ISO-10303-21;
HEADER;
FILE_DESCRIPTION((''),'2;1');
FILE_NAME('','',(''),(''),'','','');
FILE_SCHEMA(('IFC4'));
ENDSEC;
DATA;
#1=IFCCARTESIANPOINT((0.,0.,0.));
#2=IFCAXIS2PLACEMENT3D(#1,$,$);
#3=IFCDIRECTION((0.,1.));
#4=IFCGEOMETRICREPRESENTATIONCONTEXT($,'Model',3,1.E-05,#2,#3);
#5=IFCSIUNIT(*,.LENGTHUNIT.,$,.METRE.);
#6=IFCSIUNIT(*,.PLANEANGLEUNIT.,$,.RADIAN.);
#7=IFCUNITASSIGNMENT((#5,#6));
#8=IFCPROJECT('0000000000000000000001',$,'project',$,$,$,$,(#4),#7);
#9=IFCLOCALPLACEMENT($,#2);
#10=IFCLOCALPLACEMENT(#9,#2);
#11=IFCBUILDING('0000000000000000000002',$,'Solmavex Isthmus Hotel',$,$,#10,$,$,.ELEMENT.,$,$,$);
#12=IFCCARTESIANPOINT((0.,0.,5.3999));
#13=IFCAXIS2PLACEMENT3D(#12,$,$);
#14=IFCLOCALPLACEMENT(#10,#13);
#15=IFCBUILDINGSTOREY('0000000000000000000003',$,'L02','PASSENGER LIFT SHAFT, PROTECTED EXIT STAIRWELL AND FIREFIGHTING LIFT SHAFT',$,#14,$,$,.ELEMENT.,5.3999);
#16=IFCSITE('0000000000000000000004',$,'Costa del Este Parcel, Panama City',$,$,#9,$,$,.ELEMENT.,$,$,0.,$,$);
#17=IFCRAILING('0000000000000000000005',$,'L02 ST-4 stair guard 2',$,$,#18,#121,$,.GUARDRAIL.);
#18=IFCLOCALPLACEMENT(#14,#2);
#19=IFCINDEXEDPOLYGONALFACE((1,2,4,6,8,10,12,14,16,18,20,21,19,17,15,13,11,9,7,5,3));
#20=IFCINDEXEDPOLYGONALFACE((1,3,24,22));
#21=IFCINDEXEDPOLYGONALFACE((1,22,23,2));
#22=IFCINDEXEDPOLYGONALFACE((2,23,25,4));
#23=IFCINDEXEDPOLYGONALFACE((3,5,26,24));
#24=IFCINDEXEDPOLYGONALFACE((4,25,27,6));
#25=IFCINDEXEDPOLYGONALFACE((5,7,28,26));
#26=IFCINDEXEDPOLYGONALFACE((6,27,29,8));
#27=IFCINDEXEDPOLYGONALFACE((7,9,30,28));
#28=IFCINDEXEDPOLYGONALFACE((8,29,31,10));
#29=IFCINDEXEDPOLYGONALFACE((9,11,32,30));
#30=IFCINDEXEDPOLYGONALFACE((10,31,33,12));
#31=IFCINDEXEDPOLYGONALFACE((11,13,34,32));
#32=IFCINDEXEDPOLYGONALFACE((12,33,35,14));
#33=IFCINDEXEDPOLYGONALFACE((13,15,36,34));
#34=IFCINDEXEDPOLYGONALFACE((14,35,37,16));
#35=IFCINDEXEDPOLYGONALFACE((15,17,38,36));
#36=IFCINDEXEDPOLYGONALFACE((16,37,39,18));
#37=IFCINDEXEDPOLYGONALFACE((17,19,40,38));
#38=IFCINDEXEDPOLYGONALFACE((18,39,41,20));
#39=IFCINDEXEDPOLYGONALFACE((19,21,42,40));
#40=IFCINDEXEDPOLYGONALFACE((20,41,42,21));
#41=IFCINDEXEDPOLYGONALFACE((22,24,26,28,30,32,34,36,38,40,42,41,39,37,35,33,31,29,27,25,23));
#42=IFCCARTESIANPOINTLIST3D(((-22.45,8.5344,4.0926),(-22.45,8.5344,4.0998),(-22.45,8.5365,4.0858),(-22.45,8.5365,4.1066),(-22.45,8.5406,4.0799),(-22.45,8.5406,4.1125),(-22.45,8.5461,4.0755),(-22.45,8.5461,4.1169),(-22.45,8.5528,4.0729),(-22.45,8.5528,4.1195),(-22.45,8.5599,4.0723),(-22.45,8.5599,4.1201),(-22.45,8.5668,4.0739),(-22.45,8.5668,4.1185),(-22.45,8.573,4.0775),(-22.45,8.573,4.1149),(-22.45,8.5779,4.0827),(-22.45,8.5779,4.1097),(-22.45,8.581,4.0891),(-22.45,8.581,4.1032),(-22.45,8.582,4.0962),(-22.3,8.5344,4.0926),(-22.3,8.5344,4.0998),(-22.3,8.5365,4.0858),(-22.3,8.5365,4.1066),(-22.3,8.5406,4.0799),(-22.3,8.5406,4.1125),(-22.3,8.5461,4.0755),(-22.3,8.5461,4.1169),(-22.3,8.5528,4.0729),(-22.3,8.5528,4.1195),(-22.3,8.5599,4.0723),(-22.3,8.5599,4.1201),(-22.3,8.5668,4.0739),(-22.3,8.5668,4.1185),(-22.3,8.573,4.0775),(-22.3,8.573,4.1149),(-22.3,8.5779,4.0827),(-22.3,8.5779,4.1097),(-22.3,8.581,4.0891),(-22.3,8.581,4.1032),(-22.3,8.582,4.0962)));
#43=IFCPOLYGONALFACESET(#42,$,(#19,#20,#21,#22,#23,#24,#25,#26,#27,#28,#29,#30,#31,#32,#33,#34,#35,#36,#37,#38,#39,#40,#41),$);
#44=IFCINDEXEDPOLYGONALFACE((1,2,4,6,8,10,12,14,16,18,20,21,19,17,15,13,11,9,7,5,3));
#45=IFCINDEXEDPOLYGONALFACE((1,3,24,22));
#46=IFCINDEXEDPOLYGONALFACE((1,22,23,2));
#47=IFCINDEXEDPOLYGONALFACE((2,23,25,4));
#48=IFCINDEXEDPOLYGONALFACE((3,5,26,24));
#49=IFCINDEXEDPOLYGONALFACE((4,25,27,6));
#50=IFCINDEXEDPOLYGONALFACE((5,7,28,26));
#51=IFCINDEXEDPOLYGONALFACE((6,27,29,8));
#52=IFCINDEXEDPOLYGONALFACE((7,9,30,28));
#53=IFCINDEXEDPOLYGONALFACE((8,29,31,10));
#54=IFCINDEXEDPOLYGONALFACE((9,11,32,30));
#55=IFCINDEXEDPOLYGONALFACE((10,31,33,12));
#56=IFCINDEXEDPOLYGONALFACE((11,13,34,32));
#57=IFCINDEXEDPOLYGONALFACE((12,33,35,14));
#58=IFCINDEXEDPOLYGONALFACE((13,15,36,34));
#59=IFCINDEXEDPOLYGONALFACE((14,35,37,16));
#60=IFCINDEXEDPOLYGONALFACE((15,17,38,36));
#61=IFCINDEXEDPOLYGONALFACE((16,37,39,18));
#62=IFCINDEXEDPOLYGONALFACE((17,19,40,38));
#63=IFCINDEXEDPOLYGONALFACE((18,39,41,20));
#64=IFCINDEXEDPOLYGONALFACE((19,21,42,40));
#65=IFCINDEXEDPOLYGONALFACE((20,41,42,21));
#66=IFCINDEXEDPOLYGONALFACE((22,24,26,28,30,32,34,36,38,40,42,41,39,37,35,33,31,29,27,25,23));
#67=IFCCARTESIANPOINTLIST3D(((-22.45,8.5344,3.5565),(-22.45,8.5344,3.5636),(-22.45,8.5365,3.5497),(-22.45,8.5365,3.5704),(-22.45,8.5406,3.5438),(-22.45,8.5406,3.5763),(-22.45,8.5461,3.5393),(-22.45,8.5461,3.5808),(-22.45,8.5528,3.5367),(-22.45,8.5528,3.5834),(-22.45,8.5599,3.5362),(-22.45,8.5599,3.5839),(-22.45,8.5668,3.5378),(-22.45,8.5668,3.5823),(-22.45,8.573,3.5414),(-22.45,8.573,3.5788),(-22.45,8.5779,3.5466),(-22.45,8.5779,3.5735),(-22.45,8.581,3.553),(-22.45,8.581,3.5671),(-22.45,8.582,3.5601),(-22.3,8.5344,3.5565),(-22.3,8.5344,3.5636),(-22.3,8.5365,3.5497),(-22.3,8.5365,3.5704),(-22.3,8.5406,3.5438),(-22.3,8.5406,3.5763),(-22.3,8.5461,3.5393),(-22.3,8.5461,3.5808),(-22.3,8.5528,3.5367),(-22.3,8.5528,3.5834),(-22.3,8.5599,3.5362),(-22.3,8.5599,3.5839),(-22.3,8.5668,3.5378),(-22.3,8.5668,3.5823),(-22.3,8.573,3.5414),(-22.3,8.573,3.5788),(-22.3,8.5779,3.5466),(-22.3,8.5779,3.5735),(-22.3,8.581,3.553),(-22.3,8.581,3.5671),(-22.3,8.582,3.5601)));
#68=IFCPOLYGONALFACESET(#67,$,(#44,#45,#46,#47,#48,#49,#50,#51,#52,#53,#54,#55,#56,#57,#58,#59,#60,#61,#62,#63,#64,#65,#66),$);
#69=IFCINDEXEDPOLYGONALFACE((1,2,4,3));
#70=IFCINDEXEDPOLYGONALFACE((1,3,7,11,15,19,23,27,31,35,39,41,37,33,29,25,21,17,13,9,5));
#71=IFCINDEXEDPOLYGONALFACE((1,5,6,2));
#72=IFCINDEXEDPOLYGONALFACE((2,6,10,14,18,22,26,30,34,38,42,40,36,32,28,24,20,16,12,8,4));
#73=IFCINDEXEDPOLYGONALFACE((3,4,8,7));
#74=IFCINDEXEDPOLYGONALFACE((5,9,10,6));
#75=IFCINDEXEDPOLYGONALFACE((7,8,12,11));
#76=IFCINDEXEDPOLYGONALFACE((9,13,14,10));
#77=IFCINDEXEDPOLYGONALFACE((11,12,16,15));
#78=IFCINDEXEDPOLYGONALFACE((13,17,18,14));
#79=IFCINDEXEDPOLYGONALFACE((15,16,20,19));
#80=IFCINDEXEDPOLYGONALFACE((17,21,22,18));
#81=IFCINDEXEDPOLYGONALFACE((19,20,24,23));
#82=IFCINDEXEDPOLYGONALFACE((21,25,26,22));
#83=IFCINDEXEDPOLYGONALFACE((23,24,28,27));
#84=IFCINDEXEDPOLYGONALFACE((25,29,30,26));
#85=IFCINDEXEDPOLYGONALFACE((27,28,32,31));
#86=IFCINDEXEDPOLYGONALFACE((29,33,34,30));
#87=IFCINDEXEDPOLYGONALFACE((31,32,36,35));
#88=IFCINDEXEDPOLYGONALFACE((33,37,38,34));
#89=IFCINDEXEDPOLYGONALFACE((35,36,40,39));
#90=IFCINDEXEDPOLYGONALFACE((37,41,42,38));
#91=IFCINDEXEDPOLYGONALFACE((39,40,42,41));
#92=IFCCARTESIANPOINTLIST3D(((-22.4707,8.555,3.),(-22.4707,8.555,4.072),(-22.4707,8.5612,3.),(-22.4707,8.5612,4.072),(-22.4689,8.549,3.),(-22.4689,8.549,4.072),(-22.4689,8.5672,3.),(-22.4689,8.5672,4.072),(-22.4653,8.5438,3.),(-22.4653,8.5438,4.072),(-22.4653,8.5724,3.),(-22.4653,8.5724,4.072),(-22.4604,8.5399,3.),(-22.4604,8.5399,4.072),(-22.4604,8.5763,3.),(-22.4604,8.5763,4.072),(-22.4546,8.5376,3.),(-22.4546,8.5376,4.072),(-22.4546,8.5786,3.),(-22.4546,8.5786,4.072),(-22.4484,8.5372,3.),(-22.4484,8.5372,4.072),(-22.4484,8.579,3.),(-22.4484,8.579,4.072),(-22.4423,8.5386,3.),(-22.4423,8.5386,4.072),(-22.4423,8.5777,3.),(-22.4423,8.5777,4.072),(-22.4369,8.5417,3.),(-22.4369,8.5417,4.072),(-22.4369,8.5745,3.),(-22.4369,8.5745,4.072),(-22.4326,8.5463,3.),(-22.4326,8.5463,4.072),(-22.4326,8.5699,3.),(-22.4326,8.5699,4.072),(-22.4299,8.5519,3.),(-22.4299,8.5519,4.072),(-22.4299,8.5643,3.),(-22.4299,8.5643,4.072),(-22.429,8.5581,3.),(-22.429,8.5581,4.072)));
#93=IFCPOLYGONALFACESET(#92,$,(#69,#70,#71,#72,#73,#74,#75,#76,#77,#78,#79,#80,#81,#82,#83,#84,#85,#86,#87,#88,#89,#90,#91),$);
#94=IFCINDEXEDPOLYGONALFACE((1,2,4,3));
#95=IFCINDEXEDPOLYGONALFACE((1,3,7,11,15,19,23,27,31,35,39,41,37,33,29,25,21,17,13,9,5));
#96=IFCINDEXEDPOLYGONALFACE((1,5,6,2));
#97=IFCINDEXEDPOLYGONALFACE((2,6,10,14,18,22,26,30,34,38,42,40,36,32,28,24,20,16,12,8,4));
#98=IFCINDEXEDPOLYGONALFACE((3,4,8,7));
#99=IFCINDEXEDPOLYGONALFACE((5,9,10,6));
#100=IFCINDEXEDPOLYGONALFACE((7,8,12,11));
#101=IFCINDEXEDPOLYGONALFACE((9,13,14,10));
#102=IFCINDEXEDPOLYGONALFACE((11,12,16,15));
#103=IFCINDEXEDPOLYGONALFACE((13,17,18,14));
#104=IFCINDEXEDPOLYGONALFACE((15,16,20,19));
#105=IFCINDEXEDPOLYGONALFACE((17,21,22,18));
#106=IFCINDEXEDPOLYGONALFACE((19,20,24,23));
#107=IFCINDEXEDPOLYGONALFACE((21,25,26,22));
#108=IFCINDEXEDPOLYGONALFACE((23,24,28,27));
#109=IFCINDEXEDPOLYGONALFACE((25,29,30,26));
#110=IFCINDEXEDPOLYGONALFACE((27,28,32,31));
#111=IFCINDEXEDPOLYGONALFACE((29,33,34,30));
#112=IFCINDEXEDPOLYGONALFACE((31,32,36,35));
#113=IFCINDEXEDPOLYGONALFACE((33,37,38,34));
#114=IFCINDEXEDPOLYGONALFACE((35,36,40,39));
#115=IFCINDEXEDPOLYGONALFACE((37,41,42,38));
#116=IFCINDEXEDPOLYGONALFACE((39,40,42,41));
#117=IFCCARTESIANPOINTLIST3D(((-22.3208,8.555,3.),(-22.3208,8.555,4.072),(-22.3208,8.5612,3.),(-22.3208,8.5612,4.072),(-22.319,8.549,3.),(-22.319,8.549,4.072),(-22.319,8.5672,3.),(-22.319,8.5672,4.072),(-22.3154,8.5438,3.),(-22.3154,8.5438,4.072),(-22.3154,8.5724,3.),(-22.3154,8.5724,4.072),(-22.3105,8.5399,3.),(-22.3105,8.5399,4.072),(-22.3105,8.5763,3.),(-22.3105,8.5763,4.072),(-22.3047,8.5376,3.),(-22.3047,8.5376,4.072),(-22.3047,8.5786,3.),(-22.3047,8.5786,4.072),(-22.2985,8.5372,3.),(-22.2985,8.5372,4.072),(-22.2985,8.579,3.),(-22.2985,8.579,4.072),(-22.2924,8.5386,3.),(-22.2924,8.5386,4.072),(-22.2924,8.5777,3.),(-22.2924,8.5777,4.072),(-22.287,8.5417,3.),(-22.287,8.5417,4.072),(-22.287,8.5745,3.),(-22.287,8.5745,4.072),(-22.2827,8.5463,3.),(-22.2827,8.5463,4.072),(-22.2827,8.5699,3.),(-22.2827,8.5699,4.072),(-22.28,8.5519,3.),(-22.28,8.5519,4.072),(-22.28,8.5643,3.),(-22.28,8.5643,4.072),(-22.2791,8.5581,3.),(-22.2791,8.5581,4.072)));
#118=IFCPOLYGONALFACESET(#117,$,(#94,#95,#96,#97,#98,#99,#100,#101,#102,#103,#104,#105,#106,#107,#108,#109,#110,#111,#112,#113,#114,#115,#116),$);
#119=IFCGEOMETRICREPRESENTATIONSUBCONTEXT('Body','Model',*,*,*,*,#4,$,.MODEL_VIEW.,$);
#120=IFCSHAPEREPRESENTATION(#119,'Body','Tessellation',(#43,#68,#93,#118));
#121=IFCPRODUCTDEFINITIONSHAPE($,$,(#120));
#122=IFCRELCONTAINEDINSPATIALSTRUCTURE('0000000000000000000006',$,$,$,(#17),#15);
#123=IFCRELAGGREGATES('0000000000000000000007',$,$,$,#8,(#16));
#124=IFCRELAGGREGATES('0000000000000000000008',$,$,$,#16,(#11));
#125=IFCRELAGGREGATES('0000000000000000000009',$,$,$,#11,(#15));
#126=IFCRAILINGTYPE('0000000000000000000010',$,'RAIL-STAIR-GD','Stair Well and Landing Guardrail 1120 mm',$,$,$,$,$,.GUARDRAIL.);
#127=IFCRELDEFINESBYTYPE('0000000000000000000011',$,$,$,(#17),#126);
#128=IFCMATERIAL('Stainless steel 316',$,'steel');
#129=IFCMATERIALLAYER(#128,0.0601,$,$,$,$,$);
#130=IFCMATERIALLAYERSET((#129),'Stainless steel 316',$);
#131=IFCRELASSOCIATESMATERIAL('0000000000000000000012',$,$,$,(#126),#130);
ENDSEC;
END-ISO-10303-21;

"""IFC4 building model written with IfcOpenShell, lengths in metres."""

from ifc_helpers import new_model, si_unit, direction, frame, origin, origin_2d, place, context, subcontext, project, spatial, circle, extrude, material, layer, layer_set, type_object, element, save


model = new_model("IFC4")

# Units and contexts
model_context = context("Model", 3, precision=1e-05, world=origin(), true_north=direction((0.0, 1.0)))
body_context = subcontext(model_context, "Body", "Model", "MODEL_VIEW")
ifc_project = project(units=[si_unit("LENGTHUNIT", "METRE"), si_unit("PLANEANGLEUNIT", "RADIAN")], contexts=[model_context])

# Site, building, storey
site_placement = place(None, origin())
site = spatial("IfcSite", under=ifc_project, at=site_placement, Name="Costa del Este Parcel, Panama City", CompositionType="ELEMENT", RefElevation=0.0)
building_placement = place(site_placement, origin())
building = spatial("IfcBuilding", under=site, at=building_placement, Name="Solmavex Isthmus Hotel", CompositionType="ELEMENT")
storey_placement = place(building_placement, frame((0.0, 0.0, 5.3999)))
storey = spatial("IfcBuildingStorey", under=building, at=storey_placement, Name="L02", Description="PASSENGER LIFT SHAFT, PROTECTED EXIT STAIRWELL AND FIREFIGHTING LIFT SHAFT", CompositionType="ELEMENT", Elevation=5.3999)

# Railing
ifc_material_1 = material(Name="Stainless steel 316", Category="steel")
ifc_layer_1 = layer(ifc_material_1, 0.0601)
ifc_layer_set_1 = layer_set([ifc_layer_1], Name="Stainless steel 316")
railing_type_1 = type_object("IfcRailingType", Name="RAIL-STAIR-GD", Description="Stair Well and Landing Guardrail 1120 mm", PredefinedType="GUARDRAIL", material=ifc_layer_set_1)
railing_1_placement = place(storey_placement, frame((-22.45, 8.5581, 3.0)))
element("IfcRailing", 1, at=railing_1_placement, inside=storey, type_object=railing_type_1, Name="L02 ST-4 stair guard 2", PredefinedType="GUARDRAIL", context=body_context, shape_type="SweptSolid", body=[
    extrude(circle(Radius=0.0239, at=origin_2d()), frame((0.0, 0.0, 1.0962), z_axis=(1.0, 0.0, 0.0), x_axis=(0.0, 1.0, 0.0)), (0.0, 0.0, 1.0), 0.1499),
    extrude(circle(Radius=0.0239, at=origin_2d()), frame((0.0, 0.0, 0.5601), z_axis=(1.0, 0.0, 0.0), x_axis=(0.0, 1.0, 0.0)), (0.0, 0.0, 1.0), 0.1499),
    extrude(circle(Radius=0.021, at=origin_2d()), origin(), (0.0, 0.0, 1.0), 1.072),
    extrude(circle(Radius=0.021, at=origin_2d()), frame((0.1499, 0.0, 0.0)), (0.0, 0.0, 1.0), 1.072),
])

save(model, "model.ifc")
